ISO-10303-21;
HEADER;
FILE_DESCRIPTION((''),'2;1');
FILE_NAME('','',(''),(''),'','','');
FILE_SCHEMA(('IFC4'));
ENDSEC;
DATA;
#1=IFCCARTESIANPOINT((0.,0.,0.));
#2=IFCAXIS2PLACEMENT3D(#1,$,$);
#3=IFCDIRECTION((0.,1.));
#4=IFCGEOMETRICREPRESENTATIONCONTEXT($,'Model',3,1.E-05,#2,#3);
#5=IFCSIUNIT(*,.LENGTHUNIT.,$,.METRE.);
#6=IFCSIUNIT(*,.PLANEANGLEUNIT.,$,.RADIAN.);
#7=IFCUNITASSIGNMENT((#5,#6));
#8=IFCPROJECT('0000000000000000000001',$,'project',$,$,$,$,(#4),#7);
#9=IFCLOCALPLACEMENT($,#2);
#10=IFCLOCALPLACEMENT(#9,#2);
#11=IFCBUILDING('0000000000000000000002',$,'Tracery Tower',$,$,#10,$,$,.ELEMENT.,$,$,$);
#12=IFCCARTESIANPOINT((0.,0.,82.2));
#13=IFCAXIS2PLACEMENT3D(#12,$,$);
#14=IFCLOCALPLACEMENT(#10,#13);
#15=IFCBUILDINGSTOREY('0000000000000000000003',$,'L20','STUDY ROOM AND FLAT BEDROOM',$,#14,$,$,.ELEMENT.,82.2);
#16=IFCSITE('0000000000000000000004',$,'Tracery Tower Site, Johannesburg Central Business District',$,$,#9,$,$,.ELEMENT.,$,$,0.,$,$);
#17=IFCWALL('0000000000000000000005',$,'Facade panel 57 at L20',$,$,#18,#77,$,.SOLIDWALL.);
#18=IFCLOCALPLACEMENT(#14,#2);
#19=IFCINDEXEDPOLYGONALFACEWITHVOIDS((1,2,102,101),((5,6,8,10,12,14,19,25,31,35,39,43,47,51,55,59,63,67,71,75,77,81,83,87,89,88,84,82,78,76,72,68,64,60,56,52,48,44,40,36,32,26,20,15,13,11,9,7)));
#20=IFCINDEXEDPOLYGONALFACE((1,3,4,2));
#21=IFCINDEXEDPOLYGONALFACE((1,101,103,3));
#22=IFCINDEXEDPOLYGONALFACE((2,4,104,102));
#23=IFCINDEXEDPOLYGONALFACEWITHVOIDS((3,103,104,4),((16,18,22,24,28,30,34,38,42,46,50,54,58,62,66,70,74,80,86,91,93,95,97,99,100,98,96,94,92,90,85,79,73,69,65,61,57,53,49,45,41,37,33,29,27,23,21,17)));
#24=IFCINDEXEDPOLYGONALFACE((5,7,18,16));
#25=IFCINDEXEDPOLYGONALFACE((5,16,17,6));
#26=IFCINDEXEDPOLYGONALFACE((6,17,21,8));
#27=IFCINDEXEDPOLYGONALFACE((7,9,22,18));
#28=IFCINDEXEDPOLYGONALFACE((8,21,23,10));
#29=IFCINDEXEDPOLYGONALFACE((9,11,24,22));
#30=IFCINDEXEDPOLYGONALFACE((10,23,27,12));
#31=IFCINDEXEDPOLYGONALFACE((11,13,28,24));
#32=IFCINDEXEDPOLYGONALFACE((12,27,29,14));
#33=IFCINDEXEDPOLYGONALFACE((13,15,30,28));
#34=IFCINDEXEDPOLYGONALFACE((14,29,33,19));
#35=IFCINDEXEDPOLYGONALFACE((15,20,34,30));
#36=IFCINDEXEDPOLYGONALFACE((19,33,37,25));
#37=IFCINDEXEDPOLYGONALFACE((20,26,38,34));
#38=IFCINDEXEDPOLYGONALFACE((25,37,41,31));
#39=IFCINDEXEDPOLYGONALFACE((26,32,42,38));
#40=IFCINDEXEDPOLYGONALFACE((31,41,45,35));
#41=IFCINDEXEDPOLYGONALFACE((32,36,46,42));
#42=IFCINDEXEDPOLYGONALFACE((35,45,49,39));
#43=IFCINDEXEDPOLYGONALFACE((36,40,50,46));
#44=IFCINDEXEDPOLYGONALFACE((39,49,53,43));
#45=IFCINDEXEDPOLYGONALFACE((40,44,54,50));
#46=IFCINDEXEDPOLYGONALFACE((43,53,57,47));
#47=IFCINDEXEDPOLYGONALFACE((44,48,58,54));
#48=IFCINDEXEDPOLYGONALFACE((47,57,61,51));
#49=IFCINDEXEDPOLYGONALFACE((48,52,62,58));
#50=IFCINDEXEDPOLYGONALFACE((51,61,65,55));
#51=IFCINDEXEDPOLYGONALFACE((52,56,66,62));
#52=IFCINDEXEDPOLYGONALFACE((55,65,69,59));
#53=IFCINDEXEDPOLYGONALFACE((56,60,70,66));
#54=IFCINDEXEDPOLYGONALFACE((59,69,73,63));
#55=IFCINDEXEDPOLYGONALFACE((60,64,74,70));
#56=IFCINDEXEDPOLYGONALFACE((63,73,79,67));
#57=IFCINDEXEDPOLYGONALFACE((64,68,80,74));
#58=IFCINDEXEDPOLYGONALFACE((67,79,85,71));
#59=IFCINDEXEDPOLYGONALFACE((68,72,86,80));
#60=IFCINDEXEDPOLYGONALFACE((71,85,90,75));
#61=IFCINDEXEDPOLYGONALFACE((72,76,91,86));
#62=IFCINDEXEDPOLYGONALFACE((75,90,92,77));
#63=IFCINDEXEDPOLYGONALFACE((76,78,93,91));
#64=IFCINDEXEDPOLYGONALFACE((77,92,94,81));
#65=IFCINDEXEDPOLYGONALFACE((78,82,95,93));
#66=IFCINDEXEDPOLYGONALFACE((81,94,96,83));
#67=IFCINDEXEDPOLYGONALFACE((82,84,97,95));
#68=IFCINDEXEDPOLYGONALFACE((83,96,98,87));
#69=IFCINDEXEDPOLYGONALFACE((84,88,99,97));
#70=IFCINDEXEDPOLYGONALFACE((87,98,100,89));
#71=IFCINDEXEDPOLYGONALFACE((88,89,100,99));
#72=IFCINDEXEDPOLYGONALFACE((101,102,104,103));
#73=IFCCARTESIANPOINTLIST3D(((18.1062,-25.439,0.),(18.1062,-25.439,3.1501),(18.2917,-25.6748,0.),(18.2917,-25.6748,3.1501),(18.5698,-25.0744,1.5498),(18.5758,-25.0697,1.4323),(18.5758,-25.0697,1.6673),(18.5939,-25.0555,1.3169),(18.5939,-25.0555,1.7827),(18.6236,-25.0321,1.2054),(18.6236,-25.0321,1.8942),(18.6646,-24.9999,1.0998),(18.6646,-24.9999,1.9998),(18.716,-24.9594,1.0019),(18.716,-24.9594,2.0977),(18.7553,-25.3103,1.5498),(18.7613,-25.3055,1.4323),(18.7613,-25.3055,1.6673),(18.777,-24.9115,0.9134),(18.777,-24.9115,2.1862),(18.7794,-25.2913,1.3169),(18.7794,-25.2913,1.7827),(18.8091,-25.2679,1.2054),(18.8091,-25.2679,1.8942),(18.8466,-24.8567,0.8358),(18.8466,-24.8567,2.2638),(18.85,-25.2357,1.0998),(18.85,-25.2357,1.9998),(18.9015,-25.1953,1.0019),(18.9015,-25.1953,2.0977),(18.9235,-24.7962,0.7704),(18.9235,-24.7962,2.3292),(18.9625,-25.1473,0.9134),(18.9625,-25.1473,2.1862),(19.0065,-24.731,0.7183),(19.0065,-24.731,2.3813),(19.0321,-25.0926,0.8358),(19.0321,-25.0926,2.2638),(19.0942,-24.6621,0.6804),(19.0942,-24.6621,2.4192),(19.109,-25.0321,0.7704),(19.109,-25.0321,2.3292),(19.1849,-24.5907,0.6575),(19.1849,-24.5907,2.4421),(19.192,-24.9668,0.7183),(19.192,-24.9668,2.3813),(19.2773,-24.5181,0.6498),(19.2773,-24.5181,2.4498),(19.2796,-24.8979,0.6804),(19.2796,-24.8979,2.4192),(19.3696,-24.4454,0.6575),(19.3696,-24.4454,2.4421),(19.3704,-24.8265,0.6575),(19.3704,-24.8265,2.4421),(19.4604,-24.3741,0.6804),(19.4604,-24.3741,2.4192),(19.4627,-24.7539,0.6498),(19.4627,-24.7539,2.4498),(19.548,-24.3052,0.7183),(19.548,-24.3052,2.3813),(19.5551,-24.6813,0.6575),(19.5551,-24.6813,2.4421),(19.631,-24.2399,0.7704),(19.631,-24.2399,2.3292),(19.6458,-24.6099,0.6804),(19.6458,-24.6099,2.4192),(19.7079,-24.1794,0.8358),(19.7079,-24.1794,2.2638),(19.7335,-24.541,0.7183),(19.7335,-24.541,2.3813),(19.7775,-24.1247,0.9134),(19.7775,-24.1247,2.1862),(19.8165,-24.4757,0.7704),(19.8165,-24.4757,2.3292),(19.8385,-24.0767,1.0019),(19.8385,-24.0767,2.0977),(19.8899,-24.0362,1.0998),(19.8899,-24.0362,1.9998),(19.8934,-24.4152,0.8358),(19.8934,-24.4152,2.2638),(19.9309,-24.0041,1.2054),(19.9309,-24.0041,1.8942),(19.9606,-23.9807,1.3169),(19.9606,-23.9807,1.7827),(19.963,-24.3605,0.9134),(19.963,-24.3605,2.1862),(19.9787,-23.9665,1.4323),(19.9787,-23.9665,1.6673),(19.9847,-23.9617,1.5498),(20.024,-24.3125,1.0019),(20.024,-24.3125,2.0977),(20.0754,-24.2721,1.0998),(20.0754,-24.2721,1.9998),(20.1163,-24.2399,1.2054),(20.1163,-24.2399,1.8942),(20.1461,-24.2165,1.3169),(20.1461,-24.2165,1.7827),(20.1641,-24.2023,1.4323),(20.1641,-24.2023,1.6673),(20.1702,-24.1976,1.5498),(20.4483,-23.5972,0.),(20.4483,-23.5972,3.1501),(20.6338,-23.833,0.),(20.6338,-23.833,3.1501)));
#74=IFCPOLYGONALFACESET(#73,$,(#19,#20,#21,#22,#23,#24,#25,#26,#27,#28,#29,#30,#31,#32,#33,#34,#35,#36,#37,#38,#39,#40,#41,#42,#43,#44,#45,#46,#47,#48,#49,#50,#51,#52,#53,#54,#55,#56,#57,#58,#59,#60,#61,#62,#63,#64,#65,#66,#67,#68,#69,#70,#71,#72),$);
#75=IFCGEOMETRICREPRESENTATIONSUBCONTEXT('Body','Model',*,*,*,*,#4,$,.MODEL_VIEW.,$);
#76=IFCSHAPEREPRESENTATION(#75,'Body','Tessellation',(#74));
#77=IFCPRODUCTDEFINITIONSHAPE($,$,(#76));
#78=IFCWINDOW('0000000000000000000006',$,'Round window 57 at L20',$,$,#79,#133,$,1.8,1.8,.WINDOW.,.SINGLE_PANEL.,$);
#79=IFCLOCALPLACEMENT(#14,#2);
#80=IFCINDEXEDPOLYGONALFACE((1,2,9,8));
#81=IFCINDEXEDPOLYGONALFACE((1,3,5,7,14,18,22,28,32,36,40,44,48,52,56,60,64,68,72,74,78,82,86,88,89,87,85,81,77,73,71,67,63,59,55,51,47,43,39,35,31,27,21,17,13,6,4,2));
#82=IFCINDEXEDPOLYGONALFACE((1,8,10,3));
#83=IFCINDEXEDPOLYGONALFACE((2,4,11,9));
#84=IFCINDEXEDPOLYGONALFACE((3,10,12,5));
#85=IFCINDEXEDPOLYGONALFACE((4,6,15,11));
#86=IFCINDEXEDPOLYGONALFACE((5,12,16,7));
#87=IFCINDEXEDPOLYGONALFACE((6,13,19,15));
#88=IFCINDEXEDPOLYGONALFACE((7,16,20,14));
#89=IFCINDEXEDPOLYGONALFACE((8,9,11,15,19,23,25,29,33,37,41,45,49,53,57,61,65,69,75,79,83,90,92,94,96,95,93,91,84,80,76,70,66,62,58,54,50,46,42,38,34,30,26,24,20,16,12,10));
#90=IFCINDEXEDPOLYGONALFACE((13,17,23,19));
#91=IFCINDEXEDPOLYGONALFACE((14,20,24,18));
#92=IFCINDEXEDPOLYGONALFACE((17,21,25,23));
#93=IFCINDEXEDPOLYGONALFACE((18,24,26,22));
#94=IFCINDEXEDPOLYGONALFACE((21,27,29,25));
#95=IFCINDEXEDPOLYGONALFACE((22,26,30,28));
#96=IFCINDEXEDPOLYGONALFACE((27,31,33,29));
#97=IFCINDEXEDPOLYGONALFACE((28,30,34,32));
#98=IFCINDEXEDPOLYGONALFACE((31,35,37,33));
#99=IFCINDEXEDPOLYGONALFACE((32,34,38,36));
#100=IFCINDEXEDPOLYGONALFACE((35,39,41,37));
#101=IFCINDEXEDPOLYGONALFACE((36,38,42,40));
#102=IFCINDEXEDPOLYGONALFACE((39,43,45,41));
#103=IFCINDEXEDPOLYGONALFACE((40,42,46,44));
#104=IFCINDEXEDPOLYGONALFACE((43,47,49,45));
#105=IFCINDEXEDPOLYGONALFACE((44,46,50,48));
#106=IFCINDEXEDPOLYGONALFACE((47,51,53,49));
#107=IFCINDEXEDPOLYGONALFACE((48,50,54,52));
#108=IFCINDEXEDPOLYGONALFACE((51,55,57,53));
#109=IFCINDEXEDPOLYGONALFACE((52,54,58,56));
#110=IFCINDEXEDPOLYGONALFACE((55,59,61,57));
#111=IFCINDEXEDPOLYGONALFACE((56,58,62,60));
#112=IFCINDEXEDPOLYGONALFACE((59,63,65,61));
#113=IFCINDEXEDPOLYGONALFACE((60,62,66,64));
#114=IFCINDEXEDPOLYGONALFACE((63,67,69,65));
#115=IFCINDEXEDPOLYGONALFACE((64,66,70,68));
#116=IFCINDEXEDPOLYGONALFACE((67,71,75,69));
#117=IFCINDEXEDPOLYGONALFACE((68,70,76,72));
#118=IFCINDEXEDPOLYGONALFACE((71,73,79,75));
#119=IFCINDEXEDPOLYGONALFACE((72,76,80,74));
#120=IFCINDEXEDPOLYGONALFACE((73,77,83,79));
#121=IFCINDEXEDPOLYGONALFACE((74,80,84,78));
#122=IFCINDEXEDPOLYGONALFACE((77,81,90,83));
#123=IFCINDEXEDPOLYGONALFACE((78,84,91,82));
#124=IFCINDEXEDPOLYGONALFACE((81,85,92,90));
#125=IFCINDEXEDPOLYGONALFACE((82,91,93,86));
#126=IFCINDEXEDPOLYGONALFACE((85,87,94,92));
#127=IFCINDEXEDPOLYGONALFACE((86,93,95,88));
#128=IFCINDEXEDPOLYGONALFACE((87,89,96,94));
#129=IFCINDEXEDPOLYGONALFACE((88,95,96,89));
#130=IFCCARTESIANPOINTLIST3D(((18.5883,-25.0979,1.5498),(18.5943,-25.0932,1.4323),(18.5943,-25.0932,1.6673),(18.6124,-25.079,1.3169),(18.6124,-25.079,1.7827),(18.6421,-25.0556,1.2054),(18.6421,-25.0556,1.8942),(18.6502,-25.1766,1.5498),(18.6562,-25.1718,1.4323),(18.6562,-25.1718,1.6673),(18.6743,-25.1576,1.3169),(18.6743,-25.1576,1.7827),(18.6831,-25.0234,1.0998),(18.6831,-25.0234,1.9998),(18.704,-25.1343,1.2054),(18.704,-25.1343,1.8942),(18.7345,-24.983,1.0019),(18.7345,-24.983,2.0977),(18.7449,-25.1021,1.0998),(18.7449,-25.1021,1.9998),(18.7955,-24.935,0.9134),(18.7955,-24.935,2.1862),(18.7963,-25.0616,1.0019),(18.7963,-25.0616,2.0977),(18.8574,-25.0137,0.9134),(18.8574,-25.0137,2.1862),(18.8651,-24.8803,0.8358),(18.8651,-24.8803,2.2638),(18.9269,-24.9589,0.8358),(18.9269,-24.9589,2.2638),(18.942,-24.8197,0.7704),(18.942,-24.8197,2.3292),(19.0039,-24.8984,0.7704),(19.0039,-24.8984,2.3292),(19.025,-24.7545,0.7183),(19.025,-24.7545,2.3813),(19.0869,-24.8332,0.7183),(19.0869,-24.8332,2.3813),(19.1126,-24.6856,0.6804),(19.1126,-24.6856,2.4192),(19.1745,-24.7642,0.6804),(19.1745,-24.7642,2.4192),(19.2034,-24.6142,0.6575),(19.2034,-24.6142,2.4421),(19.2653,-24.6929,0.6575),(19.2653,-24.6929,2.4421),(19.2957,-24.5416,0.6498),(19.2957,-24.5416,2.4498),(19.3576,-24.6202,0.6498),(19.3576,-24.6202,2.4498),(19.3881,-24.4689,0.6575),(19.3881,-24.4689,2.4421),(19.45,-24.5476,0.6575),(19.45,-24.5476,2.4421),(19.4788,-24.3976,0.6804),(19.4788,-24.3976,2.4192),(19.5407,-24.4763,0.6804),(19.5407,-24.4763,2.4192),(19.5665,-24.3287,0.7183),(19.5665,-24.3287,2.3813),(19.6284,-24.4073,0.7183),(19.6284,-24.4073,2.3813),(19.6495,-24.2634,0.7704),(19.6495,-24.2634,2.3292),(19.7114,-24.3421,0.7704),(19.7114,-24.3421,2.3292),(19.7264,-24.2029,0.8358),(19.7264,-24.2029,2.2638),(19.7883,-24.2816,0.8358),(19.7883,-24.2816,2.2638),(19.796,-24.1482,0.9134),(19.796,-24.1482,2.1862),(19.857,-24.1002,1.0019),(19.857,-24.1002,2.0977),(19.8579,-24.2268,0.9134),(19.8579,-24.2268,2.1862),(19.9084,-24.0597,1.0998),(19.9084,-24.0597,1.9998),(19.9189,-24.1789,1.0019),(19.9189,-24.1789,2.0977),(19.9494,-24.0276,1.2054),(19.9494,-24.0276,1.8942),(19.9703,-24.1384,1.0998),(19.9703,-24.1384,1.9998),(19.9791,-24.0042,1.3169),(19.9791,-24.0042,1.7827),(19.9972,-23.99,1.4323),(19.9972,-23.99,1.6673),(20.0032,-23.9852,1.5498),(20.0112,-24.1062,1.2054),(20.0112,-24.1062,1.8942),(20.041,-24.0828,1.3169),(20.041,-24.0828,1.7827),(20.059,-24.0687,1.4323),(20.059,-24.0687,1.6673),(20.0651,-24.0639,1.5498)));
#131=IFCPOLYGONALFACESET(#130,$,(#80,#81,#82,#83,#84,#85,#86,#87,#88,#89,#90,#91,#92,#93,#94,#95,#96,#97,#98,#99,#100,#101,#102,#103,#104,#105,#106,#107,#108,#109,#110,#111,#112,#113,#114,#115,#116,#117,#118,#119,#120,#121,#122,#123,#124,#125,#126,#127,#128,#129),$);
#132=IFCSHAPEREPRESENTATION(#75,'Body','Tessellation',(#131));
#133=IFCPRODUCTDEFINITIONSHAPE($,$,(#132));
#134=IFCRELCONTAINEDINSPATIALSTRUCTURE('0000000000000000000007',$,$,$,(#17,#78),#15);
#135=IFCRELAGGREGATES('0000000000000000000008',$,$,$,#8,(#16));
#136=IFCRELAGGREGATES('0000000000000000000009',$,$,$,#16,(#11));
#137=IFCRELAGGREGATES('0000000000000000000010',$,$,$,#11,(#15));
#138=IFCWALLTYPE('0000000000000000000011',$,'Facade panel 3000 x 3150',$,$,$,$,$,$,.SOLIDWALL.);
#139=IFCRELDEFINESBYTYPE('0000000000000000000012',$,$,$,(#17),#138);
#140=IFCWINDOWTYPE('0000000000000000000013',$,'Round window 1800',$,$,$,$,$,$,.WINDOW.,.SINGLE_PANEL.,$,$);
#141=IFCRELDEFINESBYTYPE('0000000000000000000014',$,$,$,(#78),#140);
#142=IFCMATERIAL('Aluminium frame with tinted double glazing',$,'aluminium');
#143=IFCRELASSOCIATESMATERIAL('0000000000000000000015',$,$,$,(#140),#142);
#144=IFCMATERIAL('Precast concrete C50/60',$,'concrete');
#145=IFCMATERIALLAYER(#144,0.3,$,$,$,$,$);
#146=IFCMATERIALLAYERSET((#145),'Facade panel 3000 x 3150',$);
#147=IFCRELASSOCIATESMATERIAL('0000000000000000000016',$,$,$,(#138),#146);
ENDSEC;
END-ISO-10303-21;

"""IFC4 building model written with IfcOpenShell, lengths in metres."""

from ifc_helpers import new_model, si_unit, direction, frame, frame_2d, origin, origin_2d, place, context, subcontext, project, spatial, rectangle, circle, extrude, material, layer, layer_set, type_object, element, fill, save


model = new_model("IFC4")

# Units and contexts
model_context = context("Model", 3, precision=1e-05, world=origin(), true_north=direction((0.0, 1.0)))
body_context = subcontext(model_context, "Body", "Model", "MODEL_VIEW")
ifc_project = project(units=[si_unit("LENGTHUNIT", "METRE"), si_unit("PLANEANGLEUNIT", "RADIAN")], contexts=[model_context])

# Site, building, storey
site_placement = place(None, origin())
site = spatial("IfcSite", under=ifc_project, at=site_placement, Name="Tracery Tower Site, Johannesburg Central Business District", CompositionType="ELEMENT", RefElevation=0.0)
building_placement = place(site_placement, origin())
building = spatial("IfcBuilding", under=site, at=building_placement, Name="Tracery Tower", CompositionType="ELEMENT")
storey_placement = place(building_placement, frame((0.0, 0.0, 82.2)))
storey = spatial("IfcBuildingStorey", under=building, at=storey_placement, Name="L20", Description="STUDY ROOM AND FLAT BEDROOM", CompositionType="ELEMENT", Elevation=82.2)

# Wall, opening, window
ifc_material_1 = material(Name="Aluminium frame with tinted double glazing", Category="aluminium")
window_type = type_object("IfcWindowType", Name="Round window 1800", PartitioningType="SINGLE_PANEL", PredefinedType="WINDOW", material=ifc_material_1)
ifc_material_2 = material(Name="Precast concrete C50/60", Category="concrete")
ifc_layer_1 = layer(ifc_material_2, 0.3)
ifc_layer_set_1 = layer_set([ifc_layer_1], Name="Facade panel 3000 x 3150")
wall_type_1 = type_object("IfcWallType", Name="Facade panel 3000 x 3150", PredefinedType="SOLIDWALL", material=ifc_layer_set_1)
wall_1_placement = place(storey_placement, frame((18.199, -25.5569, 0.0), z_axis=(0.0, 0.0, 1.0), x_axis=(0.786054, 0.618158, 0.0)))
wall_1 = element("IfcWall", 1, at=wall_1_placement, inside=storey, type_object=wall_type_1, Name="Facade panel 57 at L20", PredefinedType="SOLIDWALL", context=body_context, shape_type="SweptSolid", body=[
    extrude(rectangle(XDim=2.9795, YDim=0.3, at=frame_2d((1.4897, 0.0))), origin(), (0.0, 0.0, 1.0), 3.1501),
])
opening_1_placement = place(wall_1_placement, frame((1.4897, 0.0, 1.5498)))
opening_1 = element("IfcOpeningElement", 2, at=opening_1_placement, cuts=wall_1, PredefinedType="OPENING", context=body_context, shape_type="SweptSolid", body=[
    extrude(circle(Radius=0.9, at=origin_2d()), frame((0.0, 0.1599, 0.0), z_axis=(0.0, -1.0, 0.0), x_axis=(1.0, 0.0, 0.0)), (0.0, 0.0, 1.0), 0.3201),
])
window_1_placement = place(opening_1_placement, origin())
window_1 = element("IfcWindow", 3, at=window_1_placement, inside=storey, type_object=window_type, Name="Round window 57 at L20", OverallHeight=1.8, OverallWidth=1.8, PartitioningType="SINGLE_PANEL", PredefinedType="WINDOW", context=body_context, shape_type="SweptSolid", body=[
    extrude(circle(Radius=0.9, at=origin_2d()), frame((0.0, 0.1201, 0.0), z_axis=(0.0, -1.0, 0.0), x_axis=(1.0, 0.0, 0.0)), (0.0, 0.0, 1.0), 0.1001),
])
fill(opening_1, window_1)

save(model, "model.ifc")
